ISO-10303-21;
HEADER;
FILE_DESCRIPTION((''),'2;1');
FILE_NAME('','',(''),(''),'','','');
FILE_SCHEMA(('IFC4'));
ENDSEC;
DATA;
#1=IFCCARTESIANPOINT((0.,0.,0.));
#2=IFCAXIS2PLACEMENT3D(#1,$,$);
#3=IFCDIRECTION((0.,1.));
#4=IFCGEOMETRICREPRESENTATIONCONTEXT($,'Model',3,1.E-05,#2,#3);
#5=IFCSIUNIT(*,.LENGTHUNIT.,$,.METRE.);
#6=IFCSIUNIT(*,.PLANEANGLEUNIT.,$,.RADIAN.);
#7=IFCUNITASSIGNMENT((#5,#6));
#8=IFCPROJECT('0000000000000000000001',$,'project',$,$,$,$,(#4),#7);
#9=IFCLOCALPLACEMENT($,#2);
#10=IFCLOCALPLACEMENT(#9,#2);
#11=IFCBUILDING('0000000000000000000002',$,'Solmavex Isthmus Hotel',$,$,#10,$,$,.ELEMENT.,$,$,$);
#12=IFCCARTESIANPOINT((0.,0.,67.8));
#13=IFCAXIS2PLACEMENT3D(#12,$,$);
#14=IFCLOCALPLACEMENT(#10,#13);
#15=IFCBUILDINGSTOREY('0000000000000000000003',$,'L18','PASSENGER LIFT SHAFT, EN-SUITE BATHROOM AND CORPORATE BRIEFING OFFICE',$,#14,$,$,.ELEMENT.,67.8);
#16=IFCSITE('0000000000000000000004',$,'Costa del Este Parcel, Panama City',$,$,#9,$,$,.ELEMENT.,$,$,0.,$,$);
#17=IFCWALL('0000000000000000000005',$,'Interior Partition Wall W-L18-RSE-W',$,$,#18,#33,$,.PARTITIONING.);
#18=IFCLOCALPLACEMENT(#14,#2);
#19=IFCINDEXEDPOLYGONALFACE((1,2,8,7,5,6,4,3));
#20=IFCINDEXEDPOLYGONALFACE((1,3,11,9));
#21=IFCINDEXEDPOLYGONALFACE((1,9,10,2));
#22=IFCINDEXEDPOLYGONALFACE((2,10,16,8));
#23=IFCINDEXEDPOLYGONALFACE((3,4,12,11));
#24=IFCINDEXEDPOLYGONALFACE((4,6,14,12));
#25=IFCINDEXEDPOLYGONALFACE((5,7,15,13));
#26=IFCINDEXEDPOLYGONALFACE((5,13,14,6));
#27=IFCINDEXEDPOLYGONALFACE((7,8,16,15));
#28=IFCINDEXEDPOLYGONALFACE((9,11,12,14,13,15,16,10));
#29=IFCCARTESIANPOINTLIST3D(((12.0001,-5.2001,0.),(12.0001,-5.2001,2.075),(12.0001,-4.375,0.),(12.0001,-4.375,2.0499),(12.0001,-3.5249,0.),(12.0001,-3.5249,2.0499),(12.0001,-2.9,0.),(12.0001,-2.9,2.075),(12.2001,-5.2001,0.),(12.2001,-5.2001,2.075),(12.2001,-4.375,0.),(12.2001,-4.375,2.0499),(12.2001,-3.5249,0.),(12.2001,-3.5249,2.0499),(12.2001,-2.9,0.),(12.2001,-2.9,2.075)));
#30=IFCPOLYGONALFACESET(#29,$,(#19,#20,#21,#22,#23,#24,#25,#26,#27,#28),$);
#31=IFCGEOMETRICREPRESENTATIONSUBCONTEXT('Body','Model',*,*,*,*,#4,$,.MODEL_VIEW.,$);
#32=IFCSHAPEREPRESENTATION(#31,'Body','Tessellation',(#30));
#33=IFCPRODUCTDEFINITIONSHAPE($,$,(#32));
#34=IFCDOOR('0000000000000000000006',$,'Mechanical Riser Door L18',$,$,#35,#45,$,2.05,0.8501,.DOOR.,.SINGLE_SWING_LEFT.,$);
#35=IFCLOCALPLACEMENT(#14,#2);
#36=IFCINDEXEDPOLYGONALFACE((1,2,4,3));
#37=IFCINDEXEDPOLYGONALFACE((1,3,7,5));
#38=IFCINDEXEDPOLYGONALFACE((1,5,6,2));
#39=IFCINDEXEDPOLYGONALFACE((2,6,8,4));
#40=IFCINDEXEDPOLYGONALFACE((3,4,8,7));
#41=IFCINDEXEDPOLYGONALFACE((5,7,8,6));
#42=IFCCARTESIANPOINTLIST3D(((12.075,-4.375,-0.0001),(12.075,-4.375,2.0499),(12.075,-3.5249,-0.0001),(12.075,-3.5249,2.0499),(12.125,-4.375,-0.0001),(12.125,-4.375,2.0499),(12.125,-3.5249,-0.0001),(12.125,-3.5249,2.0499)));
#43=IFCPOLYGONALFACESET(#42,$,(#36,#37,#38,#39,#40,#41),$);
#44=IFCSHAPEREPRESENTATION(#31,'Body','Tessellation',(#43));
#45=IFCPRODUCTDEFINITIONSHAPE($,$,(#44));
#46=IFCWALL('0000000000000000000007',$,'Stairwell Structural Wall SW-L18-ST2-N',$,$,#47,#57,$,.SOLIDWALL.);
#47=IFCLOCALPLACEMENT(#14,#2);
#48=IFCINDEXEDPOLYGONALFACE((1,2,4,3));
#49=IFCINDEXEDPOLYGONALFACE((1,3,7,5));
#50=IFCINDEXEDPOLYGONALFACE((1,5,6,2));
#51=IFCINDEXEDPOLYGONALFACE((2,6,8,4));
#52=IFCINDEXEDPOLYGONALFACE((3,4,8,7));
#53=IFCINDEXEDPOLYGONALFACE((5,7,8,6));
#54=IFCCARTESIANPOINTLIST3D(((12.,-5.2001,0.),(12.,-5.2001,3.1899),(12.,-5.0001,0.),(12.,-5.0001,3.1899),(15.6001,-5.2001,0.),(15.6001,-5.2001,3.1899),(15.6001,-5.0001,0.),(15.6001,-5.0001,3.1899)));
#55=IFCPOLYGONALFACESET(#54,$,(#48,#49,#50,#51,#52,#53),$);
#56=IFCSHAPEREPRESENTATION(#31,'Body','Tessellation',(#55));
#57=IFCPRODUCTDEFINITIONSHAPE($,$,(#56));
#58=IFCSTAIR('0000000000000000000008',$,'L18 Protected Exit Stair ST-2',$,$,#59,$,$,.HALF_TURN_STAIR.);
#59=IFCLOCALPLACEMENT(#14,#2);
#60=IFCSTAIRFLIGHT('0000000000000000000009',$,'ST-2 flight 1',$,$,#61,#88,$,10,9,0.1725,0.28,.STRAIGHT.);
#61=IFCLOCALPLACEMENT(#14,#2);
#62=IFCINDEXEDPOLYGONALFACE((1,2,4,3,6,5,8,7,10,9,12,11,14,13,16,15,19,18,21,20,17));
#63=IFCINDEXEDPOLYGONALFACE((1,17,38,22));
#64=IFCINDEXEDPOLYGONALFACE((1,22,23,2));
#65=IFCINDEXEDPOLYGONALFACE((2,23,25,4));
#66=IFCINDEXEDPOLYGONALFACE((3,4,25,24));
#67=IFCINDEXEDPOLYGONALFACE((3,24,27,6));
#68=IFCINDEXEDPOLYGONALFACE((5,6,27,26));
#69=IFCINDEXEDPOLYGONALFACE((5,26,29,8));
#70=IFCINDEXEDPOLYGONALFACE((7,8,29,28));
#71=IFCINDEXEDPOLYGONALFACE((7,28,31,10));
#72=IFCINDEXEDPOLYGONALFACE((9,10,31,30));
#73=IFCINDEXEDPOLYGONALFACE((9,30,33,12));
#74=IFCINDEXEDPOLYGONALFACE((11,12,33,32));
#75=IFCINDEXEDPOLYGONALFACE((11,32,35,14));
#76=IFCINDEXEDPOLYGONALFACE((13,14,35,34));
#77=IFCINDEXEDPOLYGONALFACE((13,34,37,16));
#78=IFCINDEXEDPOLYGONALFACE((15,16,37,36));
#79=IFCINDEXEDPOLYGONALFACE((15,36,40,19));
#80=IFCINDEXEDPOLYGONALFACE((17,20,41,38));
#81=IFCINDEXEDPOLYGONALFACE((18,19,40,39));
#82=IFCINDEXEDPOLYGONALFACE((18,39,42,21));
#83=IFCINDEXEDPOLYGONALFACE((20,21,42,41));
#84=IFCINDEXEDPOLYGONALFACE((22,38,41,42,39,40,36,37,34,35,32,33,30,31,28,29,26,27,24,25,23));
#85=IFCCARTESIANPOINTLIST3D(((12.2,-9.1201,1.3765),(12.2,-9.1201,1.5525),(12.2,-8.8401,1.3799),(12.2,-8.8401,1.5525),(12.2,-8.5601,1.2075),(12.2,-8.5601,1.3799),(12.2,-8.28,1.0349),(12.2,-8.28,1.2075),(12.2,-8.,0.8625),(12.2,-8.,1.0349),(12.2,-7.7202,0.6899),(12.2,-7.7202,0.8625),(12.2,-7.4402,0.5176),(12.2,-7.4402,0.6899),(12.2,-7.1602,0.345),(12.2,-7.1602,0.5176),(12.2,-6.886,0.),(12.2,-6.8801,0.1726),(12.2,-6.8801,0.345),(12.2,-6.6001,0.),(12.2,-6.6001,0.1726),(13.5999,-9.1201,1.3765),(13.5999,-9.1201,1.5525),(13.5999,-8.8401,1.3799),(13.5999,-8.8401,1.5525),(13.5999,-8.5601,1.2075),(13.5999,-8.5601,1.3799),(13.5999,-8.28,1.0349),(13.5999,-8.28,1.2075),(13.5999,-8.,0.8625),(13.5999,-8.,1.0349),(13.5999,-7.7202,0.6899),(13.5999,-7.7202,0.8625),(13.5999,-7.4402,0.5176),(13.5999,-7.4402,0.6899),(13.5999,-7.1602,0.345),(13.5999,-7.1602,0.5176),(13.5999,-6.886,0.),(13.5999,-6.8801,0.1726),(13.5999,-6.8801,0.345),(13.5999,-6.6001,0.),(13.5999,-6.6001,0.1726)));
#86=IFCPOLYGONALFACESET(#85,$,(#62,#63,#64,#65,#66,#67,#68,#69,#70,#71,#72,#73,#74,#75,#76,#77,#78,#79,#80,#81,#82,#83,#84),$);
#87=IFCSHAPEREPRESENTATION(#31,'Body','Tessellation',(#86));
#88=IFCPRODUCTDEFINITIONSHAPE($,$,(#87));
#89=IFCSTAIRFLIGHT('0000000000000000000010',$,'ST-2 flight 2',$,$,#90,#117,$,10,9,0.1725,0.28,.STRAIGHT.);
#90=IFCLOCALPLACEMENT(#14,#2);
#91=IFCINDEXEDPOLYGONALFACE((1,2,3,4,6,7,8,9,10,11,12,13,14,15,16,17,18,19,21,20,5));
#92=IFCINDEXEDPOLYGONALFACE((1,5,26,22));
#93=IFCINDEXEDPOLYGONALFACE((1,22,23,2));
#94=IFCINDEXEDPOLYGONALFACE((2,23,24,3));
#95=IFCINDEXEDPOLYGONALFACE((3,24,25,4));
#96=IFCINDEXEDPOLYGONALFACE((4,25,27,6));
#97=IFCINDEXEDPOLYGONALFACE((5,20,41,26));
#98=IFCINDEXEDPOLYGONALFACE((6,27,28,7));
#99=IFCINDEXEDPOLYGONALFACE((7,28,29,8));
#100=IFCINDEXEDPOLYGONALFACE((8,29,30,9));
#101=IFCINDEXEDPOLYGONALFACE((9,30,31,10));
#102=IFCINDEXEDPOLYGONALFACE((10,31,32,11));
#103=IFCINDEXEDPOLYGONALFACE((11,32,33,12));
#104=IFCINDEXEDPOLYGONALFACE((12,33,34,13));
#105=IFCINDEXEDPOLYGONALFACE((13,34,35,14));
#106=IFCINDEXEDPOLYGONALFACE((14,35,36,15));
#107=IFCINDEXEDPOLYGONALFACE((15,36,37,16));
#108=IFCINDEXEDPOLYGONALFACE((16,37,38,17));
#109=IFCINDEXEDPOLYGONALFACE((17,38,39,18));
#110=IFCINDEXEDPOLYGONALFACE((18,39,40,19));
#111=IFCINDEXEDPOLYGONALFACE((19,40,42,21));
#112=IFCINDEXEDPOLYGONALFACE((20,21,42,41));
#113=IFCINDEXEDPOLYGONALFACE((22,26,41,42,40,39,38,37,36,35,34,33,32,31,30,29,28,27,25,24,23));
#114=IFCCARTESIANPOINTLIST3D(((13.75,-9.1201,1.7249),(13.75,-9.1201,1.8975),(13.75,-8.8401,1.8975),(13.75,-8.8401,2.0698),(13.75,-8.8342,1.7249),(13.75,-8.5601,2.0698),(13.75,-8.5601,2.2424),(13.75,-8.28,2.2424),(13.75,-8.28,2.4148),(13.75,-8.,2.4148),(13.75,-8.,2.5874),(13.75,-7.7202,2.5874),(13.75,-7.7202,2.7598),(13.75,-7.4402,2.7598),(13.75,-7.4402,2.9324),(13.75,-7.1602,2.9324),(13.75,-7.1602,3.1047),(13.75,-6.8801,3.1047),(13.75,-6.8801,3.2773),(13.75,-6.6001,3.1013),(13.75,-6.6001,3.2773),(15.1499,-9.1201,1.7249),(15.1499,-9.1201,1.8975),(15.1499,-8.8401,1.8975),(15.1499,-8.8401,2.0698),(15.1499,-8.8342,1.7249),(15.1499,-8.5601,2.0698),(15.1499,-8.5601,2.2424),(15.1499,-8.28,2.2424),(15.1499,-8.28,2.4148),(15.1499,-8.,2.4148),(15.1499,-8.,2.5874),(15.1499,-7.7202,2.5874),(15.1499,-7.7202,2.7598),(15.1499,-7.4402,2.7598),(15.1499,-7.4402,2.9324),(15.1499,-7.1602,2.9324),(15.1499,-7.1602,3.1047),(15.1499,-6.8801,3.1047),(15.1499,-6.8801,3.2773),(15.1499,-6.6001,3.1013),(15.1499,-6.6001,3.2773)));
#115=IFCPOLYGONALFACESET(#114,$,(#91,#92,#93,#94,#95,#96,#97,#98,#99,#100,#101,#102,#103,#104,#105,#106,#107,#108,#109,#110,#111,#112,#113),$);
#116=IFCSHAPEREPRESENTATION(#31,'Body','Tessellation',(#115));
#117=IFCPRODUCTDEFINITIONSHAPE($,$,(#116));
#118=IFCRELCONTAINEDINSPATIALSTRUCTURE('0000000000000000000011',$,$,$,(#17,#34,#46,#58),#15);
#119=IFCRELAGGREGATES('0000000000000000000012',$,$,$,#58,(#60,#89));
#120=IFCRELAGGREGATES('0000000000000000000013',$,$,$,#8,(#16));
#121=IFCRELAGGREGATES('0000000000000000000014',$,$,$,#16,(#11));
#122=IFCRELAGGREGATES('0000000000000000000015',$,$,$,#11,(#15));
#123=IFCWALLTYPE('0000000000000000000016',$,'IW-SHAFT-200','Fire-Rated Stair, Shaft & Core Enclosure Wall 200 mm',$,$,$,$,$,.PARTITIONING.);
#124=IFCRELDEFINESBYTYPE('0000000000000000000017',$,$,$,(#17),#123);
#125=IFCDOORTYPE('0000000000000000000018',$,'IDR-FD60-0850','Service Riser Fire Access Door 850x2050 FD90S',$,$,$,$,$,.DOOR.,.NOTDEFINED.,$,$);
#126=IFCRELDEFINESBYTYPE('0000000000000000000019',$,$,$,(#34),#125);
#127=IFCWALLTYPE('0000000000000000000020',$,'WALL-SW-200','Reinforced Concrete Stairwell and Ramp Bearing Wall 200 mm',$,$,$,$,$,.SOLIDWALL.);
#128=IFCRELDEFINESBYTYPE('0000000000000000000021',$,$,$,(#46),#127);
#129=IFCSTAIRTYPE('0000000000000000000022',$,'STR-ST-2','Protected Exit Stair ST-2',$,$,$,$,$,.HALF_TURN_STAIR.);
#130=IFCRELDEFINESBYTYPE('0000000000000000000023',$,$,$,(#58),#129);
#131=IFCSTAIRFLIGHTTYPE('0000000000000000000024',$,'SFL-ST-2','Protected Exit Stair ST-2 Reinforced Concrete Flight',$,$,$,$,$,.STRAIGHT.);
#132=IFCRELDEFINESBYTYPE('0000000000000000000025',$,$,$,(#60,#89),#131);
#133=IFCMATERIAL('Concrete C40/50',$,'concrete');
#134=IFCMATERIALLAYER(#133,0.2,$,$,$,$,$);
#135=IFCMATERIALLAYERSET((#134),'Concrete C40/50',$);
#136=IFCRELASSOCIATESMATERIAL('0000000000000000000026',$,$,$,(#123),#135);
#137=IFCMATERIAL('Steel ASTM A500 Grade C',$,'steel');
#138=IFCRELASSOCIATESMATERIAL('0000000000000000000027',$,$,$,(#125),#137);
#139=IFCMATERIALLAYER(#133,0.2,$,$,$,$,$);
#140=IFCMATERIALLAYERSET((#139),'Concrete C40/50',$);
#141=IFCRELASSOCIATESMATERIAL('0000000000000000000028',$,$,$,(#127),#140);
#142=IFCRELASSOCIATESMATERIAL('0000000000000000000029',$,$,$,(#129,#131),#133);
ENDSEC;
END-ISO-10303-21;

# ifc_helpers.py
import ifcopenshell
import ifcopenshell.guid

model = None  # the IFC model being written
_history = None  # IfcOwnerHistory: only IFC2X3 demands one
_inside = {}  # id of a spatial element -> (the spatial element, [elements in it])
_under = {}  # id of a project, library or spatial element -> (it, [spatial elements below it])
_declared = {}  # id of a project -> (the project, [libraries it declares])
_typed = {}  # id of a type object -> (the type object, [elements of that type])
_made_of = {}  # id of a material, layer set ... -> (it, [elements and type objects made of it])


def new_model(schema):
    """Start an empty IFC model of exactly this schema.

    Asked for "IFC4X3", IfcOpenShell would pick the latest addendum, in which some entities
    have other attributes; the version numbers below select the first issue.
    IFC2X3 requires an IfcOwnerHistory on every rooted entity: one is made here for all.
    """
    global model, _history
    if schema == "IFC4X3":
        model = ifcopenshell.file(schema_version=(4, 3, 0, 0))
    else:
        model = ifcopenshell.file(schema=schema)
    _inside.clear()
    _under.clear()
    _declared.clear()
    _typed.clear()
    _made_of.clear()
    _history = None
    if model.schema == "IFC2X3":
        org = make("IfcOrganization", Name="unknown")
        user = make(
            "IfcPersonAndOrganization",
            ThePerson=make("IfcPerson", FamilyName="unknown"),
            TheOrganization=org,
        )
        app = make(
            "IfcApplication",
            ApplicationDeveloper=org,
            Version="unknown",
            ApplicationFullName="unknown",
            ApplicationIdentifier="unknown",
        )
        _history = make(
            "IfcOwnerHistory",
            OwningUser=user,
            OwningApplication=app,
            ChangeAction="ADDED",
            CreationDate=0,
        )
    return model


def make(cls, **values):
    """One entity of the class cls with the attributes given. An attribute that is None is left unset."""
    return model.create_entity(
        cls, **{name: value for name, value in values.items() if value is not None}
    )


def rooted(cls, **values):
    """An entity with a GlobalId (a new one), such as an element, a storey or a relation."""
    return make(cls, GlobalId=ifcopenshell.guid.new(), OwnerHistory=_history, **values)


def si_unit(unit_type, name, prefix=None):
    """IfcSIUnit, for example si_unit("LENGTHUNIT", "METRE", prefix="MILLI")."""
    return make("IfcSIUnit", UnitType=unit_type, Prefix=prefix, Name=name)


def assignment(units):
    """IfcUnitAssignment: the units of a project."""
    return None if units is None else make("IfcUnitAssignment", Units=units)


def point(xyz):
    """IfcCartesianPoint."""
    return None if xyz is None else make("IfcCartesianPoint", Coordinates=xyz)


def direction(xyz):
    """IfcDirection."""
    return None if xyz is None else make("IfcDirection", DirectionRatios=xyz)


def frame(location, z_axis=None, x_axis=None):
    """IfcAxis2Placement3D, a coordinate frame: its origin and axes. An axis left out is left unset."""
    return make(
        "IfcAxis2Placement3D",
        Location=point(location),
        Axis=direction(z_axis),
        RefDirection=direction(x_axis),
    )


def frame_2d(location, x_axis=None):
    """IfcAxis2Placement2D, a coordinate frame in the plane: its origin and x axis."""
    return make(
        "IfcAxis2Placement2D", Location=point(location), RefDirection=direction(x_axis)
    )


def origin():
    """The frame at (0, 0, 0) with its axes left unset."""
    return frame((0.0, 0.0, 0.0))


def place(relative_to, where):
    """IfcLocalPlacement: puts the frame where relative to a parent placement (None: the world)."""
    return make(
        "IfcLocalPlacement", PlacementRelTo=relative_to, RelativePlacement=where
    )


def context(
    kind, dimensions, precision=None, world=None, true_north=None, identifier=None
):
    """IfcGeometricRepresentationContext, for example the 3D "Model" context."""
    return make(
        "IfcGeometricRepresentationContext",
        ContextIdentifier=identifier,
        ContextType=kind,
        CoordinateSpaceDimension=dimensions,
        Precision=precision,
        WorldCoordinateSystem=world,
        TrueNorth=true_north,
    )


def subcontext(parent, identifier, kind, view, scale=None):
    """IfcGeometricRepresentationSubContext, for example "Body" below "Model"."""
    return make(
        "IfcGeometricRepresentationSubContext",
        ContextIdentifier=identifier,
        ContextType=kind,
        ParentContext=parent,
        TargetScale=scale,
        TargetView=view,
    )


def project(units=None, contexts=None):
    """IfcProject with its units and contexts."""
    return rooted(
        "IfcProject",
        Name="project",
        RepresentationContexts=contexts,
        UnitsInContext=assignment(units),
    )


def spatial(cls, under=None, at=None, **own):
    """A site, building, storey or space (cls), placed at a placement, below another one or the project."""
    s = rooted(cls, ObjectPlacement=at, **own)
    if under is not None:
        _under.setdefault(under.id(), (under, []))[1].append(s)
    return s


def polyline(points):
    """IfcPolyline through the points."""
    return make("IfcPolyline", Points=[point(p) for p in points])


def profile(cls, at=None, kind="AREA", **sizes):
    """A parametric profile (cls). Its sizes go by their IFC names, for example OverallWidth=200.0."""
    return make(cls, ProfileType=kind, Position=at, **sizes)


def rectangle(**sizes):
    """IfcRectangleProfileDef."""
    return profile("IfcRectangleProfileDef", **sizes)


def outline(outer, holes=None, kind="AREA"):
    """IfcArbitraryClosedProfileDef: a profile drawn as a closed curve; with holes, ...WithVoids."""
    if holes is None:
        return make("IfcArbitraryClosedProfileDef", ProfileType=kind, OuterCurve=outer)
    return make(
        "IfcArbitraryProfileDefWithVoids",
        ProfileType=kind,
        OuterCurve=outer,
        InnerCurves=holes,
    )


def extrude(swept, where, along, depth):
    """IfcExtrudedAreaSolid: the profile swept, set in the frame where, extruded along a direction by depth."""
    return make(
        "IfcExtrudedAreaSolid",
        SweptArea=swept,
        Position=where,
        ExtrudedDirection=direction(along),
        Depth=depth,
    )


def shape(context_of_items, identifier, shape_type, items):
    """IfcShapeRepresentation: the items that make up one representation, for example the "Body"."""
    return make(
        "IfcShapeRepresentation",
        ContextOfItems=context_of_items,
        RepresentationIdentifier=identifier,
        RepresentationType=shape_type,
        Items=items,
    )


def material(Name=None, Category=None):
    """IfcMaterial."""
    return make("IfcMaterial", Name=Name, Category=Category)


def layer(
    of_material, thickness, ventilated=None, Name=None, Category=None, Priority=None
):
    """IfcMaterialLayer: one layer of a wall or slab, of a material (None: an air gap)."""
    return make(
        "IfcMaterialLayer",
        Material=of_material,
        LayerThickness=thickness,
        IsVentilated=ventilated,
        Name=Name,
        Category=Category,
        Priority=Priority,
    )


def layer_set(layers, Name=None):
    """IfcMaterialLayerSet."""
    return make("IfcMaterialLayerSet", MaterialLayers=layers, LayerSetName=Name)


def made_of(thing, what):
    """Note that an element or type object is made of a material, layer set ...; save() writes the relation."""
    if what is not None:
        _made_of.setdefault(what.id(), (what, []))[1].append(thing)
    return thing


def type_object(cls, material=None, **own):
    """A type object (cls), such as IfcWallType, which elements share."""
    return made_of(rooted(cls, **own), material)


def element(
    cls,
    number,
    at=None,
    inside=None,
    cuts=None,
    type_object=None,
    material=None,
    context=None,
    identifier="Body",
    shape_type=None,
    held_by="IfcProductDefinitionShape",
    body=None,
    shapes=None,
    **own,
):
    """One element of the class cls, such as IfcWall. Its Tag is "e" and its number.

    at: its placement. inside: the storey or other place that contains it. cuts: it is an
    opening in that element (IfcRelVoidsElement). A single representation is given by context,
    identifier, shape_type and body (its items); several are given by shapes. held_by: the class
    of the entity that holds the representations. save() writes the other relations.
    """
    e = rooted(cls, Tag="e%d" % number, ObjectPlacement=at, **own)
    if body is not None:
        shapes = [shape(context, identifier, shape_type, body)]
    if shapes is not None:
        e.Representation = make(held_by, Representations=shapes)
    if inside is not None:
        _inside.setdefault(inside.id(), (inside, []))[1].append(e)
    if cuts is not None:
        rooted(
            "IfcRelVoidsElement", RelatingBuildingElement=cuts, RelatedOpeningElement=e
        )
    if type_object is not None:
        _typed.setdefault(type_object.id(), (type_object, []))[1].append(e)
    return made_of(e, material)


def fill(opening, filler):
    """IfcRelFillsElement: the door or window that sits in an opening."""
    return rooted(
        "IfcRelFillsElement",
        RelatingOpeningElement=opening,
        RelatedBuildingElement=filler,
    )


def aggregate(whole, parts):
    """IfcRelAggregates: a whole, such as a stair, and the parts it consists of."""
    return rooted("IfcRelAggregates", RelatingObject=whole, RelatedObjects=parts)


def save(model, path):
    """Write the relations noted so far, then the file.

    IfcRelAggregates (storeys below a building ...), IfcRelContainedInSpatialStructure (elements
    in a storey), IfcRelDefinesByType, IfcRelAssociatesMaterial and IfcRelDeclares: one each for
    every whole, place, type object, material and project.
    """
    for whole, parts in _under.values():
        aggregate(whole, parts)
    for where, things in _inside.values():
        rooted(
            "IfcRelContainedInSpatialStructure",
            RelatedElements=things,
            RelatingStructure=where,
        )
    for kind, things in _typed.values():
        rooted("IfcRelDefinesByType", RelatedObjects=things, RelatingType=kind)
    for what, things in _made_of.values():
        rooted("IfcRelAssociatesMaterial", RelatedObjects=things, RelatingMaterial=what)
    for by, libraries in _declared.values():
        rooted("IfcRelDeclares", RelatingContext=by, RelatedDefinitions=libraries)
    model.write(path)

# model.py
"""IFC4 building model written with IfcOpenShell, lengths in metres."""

from ifc_helpers import new_model, si_unit, direction, frame, frame_2d, origin, place, context, subcontext, project, spatial, polyline, rectangle, outline, extrude, material, layer, layer_set, type_object, element, fill, aggregate, save


model = new_model("IFC4")

# Units and contexts
model_context = context("Model", 3, precision=1e-05, world=origin(), true_north=direction((0.0, 1.0)))
body_context = subcontext(model_context, "Body", "Model", "MODEL_VIEW")
ifc_project = project(units=[si_unit("LENGTHUNIT", "METRE"), si_unit("PLANEANGLEUNIT", "RADIAN")], contexts=[model_context])

# Site, building, storey
site_placement = place(None, origin())
site = spatial("IfcSite", under=ifc_project, at=site_placement, Name="Costa del Este Parcel, Panama City", CompositionType="ELEMENT", RefElevation=0.0)
building_placement = place(site_placement, origin())
building = spatial("IfcBuilding", under=site, at=building_placement, Name="Solmavex Isthmus Hotel", CompositionType="ELEMENT")
storey_placement = place(building_placement, frame((0.0, 0.0, 67.8)))
storey = spatial("IfcBuildingStorey", under=building, at=storey_placement, Name="L18", Description="PASSENGER LIFT SHAFT, EN-SUITE BATHROOM AND CORPORATE BRIEFING OFFICE", CompositionType="ELEMENT", Elevation=67.8)

# Wall, opening, door
ifc_material_1 = material(Name="Concrete C40/50", Category="concrete")
ifc_layer_1 = layer(ifc_material_1, 0.2)
ifc_layer_set_1 = layer_set([ifc_layer_1], Name="Concrete C40/50")
wall_type_1 = type_object("IfcWallType", Name="IW-SHAFT-200", Description="Fire-Rated Stair, Shaft & Core Enclosure Wall 200 mm", PredefinedType="PARTITIONING", material=ifc_layer_set_1)
wall_1_placement = place(storey_placement, frame((12.1001, -5.2, 0.0), z_axis=(0.0, 0.0, 1.0), x_axis=(0.0, 1.0, 0.0)))
wall_1 = element("IfcWall", 1, at=wall_1_placement, inside=storey, type_object=wall_type_1, Name="Interior Partition Wall W-L18-RSE-W", PredefinedType="PARTITIONING", context=body_context, shape_type="SweptSolid", body=[
    extrude(rectangle(XDim=2.3, YDim=0.2, at=frame_2d((1.1499, 0.0))), origin(), (0.0, 0.0, 1.0), 2.075),
])
opening_1_placement = place(wall_1_placement, frame((0.825, 0.0, 0.0)))
opening_1 = element("IfcOpeningElement", 2, at=opening_1_placement, cuts=wall_1, PredefinedType="OPENING", context=body_context, shape_type="SweptSolid", body=[
    extrude(rectangle(XDim=0.8501, YDim=2.05, at=frame_2d((0.425, 1.0249))), frame((0.0, 0.1099, 0.0), z_axis=(0.0, -1.0, 0.0), x_axis=(1.0, 0.0, 0.0)), (0.0, 0.0, 1.0), 0.22),
])
ifc_material_2 = material(Name="Steel ASTM A500 Grade C", Category="steel")
door_type_1 = type_object("IfcDoorType", Name="IDR-FD60-0850", Description="Service Riser Fire Access Door 850x2050 FD90S", OperationType="NOTDEFINED", PredefinedType="DOOR", material=ifc_material_2)
door_1_placement = place(opening_1_placement, frame((0.8501, 0.0, 0.0), z_axis=(0.0, 0.0, 1.0), x_axis=(-1.0, 0.0, 0.0)))
door_1 = element("IfcDoor", 3, at=door_1_placement, inside=storey, type_object=door_type_1, Name="Mechanical Riser Door L18", OperationType="SINGLE_SWING_LEFT", OverallHeight=2.05, OverallWidth=0.8501, PredefinedType="DOOR", context=body_context, shape_type="SweptSolid", body=[
    extrude(rectangle(XDim=0.8501, YDim=2.05, at=frame_2d((0.425, 1.0249))), frame((0.0, 0.0249, 0.0), z_axis=(0.0, -1.0, 0.0), x_axis=(1.0, 0.0, 0.0)), (0.0, 0.0, 1.0), 0.05),
])
fill(opening_1, door_1)

# Wall
ifc_layer_2 = layer(ifc_material_1, 0.2)
ifc_layer_set_2 = layer_set([ifc_layer_2], Name="Concrete C40/50")
wall_type_2 = type_object("IfcWallType", Name="WALL-SW-200", Description="Reinforced Concrete Stairwell and Ramp Bearing Wall 200 mm", PredefinedType="SOLIDWALL", material=ifc_layer_set_2)
wall_2_placement = place(storey_placement, frame((12.0, -5.1001, 0.0), z_axis=(0.0, 0.0, 1.0), x_axis=(1.0, 0.0, 0.0)))
element("IfcWall", 4, at=wall_2_placement, inside=storey, type_object=wall_type_2, Name="Stairwell Structural Wall SW-L18-ST2-N", PredefinedType="SOLIDWALL", context=body_context, shape_type="SweptSolid", body=[
    extrude(rectangle(XDim=3.6001, YDim=0.2, at=frame_2d((1.8, 0.0))), origin(), (0.0, 0.0, 1.0), 3.1899),
])

# Stair, stair flights
stair_type = type_object("IfcStairType", Name="STR-ST-2", Description="Protected Exit Stair ST-2", PredefinedType="HALF_TURN_STAIR", material=ifc_material_1)
stair_placement = place(storey_placement, origin())
stair = element("IfcStair", 5, at=stair_placement, inside=storey, type_object=stair_type, Name="L18 Protected Exit Stair ST-2", PredefinedType="HALF_TURN_STAIR")
stair_flight_type = type_object("IfcStairFlightType", Name="SFL-ST-2", Description="Protected Exit Stair ST-2 Reinforced Concrete Flight", PredefinedType="STRAIGHT", material=ifc_material_1)
stair_flight_1_placement = place(storey_placement, frame((12.8999, -6.6001, 0.0), z_axis=(0.0, 0.0, 1.0), x_axis=(0.0, -1.0, 0.0)))
stair_flight_1 = element("IfcStairFlight", 6, at=stair_flight_1_placement, type_object=stair_flight_type, Name="ST-2 flight 1", NumberOfRisers=10, NumberOfTreads=9, PredefinedType="STRAIGHT", RiserHeight=0.1725, TreadLength=0.28, context=body_context, shape_type="SweptSolid", body=[
    extrude(outline(polyline([(0.0, 0.0), (0.0, 0.1726), (0.28, 0.1726), (0.28, 0.345), (0.5601, 0.345), (0.5601, 0.5176), (0.8401, 0.5176), (0.8401, 0.6899), (1.1201, 0.6899), (1.1201, 0.8625), (1.3999, 0.8625), (1.3999, 1.0349), (1.6799, 1.0349), (1.6799, 1.2075), (1.96, 1.2075), (1.96, 1.3799), (2.24, 1.3799), (2.24, 1.5525), (2.52, 1.5525), (2.52, 1.7251), (2.52, 1.3765), (0.2859, 0.0), (0.0, 0.0)])), frame((0.0, 0.7, 0.0), z_axis=(0.0, -1.0, 0.0), x_axis=(1.0, 0.0, 0.0)), (0.0, 0.0, 1.0), 1.3999),
])
stair_flight_2_placement = place(storey_placement, frame((14.45, -9.1201, 1.7249), z_axis=(0.0, 0.0, 1.0), x_axis=(0.0, 1.0, 0.0)))
stair_flight_2 = element("IfcStairFlight", 7, at=stair_flight_2_placement, type_object=stair_flight_type, Name="ST-2 flight 2", NumberOfRisers=10, NumberOfTreads=9, PredefinedType="STRAIGHT", RiserHeight=0.1725, TreadLength=0.28, context=body_context, shape_type="SweptSolid", body=[
    extrude(outline(polyline([(0.0, 0.0), (0.0, 0.1726), (0.28, 0.1726), (0.28, 0.345), (0.5601, 0.345), (0.5601, 0.5176), (0.8401, 0.5176), (0.8401, 0.6899), (1.1201, 0.6899), (1.1201, 0.8625), (1.3999, 0.8625), (1.3999, 1.0349), (1.6799, 1.0349), (1.6799, 1.2075), (1.96, 1.2075), (1.96, 1.3799), (2.24, 1.3799), (2.24, 1.5525), (2.52, 1.5525), (2.52, 1.7251), (2.52, 1.3765), (0.2859, 0.0), (0.0, 0.0)])), frame((0.0, 0.7, 0.0), z_axis=(0.0, -1.0, 0.0), x_axis=(1.0, 0.0, 0.0)), (0.0, 0.0, 1.0), 1.3999),
])
aggregate(stair, [stair_flight_1, stair_flight_2])

save(model, "model.ifc")
